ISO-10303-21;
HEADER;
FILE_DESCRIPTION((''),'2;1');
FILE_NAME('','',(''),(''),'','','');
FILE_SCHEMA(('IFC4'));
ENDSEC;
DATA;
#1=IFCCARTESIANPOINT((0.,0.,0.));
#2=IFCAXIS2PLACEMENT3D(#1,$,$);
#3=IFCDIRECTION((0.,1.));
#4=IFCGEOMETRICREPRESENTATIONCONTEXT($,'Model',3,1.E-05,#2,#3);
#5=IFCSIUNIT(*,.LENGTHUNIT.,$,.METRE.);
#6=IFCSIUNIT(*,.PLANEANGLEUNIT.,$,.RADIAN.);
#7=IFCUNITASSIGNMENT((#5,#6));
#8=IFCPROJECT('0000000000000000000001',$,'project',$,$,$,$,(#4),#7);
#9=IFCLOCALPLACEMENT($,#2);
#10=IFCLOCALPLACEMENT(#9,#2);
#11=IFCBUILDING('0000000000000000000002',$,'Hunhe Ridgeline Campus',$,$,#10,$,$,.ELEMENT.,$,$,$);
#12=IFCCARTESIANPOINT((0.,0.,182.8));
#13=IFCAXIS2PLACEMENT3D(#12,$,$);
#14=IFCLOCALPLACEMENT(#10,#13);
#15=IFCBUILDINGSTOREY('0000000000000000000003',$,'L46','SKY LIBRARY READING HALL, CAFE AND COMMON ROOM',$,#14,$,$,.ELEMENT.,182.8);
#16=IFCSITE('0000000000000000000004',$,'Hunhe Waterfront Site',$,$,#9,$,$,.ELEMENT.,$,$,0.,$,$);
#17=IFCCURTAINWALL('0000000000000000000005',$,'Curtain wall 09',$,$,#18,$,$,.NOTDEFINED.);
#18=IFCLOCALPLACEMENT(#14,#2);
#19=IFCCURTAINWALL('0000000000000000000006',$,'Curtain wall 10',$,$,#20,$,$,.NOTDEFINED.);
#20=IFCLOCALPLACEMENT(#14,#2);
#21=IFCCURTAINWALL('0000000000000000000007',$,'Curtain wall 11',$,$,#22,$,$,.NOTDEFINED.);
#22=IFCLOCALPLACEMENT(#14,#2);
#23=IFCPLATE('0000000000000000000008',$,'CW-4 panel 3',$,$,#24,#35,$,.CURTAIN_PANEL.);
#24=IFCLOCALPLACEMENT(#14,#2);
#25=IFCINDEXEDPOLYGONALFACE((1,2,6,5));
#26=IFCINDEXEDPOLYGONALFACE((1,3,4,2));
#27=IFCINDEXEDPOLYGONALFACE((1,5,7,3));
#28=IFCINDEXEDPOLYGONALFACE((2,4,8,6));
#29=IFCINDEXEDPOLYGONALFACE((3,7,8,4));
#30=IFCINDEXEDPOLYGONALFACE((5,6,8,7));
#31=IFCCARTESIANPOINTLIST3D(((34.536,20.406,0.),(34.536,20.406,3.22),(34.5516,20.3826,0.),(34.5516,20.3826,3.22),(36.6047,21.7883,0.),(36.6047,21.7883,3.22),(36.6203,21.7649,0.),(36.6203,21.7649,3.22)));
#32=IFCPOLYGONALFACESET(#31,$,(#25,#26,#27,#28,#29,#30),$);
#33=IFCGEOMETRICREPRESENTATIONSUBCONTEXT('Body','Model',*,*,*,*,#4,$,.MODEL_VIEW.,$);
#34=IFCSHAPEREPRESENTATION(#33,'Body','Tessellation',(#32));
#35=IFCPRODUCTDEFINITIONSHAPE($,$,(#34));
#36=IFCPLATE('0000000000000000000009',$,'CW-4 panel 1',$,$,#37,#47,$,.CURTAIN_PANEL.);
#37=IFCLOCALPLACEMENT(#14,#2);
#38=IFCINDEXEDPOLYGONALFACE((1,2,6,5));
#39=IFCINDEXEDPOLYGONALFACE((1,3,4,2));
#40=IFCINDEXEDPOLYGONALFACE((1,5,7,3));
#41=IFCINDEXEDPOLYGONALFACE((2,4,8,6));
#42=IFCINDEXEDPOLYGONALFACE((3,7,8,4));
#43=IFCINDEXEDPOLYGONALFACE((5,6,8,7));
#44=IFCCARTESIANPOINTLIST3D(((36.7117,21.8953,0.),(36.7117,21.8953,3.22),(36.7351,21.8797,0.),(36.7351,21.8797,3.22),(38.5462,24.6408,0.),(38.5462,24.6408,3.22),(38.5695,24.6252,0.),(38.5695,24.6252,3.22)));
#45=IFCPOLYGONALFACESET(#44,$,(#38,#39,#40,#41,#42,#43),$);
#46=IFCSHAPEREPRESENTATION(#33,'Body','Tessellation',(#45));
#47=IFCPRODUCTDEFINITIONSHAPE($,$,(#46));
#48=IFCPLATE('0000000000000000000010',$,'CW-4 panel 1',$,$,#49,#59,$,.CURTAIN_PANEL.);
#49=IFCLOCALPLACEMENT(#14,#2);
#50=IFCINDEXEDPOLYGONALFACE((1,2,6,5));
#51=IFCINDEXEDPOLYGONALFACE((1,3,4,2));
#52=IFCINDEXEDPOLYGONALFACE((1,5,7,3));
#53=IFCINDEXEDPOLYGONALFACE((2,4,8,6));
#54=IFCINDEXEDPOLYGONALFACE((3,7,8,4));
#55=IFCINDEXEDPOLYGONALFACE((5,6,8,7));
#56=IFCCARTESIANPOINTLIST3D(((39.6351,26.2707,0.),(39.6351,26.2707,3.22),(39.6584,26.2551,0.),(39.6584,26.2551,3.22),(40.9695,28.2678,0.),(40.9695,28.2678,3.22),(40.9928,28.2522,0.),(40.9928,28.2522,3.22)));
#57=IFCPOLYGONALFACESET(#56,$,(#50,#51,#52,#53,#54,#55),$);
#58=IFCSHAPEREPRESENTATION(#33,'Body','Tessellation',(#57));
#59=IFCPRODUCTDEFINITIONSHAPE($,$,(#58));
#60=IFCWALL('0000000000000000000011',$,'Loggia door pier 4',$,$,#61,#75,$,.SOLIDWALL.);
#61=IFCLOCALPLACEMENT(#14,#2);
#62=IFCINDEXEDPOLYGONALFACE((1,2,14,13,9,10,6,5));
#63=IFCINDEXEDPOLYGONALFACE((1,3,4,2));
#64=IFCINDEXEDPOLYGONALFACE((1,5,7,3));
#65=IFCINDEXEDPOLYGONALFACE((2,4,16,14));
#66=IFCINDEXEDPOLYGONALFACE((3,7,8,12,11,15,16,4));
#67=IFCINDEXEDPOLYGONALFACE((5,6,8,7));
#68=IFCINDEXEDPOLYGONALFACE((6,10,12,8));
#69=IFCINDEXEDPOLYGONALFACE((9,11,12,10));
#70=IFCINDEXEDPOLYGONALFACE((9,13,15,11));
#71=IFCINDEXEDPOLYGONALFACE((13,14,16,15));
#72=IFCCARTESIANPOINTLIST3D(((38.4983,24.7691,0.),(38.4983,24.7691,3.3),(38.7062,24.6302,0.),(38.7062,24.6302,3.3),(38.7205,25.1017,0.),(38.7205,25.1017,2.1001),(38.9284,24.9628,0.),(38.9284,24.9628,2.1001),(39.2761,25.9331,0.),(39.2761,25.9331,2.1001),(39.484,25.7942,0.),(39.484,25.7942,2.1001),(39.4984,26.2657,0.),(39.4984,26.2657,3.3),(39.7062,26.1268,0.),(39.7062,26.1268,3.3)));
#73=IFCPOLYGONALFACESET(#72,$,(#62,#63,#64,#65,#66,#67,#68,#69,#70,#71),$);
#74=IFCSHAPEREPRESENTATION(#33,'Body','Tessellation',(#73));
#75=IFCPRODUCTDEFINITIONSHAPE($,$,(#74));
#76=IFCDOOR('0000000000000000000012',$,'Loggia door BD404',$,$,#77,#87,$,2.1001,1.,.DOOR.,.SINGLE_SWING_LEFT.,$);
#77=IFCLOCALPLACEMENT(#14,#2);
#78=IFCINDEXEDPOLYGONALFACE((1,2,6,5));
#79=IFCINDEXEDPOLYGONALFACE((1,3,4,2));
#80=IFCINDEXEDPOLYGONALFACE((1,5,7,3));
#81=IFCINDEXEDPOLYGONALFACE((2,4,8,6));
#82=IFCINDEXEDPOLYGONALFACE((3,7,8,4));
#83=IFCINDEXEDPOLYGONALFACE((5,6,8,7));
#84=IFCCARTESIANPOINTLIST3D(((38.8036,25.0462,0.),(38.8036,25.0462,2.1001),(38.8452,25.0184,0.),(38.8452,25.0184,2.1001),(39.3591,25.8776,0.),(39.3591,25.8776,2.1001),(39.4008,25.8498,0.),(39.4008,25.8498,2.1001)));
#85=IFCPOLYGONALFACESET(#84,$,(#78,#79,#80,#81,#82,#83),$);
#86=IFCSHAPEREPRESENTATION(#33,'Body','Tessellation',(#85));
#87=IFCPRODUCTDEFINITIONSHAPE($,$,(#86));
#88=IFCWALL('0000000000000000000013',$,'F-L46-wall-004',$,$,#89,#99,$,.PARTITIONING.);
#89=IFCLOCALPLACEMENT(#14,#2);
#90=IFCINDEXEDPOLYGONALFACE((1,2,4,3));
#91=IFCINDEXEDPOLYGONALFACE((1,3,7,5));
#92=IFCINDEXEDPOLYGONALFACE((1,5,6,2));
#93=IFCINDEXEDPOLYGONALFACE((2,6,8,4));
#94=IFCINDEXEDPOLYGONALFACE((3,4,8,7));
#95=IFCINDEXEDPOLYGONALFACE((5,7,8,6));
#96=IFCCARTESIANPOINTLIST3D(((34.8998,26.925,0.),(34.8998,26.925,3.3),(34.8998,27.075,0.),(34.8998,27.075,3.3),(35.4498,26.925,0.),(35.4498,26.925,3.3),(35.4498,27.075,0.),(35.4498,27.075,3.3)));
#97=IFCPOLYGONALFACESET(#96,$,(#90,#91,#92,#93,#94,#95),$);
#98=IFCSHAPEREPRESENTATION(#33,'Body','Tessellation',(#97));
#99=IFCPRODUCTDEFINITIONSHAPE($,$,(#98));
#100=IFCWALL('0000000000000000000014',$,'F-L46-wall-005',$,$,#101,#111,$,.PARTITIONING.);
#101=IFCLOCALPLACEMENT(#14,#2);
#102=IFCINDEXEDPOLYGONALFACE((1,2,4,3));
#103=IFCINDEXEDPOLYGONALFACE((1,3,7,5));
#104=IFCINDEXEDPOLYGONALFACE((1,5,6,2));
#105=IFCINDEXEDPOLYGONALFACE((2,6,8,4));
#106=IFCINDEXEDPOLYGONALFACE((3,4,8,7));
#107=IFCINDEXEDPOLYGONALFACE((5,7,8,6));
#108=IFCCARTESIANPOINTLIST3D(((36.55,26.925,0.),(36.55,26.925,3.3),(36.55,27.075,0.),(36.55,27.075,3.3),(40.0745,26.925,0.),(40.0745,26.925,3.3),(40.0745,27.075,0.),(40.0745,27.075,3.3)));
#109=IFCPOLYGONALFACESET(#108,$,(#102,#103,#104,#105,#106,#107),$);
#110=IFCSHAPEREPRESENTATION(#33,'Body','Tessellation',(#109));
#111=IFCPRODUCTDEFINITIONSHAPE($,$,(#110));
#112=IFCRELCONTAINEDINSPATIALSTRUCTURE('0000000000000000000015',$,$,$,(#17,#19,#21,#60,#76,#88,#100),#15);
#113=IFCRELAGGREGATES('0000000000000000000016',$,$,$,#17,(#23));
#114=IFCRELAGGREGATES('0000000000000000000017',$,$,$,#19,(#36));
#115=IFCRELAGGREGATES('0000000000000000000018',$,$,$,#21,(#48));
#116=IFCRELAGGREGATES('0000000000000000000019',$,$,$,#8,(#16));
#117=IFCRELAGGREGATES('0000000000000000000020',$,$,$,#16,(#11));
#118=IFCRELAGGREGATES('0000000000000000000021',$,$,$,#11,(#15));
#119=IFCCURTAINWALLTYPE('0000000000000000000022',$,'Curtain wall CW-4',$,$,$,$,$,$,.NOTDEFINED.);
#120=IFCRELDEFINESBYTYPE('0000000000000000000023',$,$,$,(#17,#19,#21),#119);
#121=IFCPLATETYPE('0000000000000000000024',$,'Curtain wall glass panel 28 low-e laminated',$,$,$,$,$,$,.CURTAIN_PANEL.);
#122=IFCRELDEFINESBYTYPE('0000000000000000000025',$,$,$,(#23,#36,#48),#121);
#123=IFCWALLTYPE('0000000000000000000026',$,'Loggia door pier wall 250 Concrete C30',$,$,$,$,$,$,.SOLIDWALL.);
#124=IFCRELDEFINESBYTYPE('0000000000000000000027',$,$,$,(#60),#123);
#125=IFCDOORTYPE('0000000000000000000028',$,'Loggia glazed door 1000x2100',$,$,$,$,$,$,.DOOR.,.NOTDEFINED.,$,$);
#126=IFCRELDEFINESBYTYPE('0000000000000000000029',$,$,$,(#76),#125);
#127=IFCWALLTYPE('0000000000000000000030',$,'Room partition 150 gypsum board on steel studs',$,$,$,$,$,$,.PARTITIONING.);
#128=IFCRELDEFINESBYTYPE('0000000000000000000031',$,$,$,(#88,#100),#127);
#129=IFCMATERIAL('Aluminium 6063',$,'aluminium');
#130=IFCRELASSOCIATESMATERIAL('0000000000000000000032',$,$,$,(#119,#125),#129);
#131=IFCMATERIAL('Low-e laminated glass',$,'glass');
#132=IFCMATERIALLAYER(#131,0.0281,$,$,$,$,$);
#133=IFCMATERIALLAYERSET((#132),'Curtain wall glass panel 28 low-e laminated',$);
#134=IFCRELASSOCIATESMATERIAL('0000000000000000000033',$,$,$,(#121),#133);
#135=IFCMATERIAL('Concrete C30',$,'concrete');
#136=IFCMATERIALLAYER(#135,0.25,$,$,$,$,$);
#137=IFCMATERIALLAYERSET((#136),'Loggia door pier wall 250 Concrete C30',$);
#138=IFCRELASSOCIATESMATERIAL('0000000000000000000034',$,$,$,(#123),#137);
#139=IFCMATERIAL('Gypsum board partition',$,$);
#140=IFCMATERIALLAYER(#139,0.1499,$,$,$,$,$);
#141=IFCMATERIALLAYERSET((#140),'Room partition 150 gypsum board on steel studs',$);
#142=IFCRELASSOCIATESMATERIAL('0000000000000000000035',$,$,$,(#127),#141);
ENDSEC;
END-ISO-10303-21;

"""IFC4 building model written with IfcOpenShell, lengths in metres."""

from ifc_helpers import new_model, si_unit, direction, frame, frame_2d, origin, origin_2d, place, context, subcontext, project, spatial, rectangle, extrude, material, layer, layer_set, type_object, element, fill, aggregate, save


model = new_model("IFC4")

# Units and contexts
model_context = context("Model", 3, precision=1e-05, world=origin(), true_north=direction((0.0, 1.0)))
body_context = subcontext(model_context, "Body", "Model", "MODEL_VIEW")
ifc_project = project(units=[si_unit("LENGTHUNIT", "METRE"), si_unit("PLANEANGLEUNIT", "RADIAN")], contexts=[model_context])

# Site, building, storey
site_placement = place(None, origin())
site = spatial("IfcSite", under=ifc_project, at=site_placement, Name="Hunhe Waterfront Site", CompositionType="ELEMENT", RefElevation=0.0)
building_placement = place(site_placement, origin())
building = spatial("IfcBuilding", under=site, at=building_placement, Name="Hunhe Ridgeline Campus", CompositionType="ELEMENT")
storey_placement = place(building_placement, frame((0.0, 0.0, 182.8)))
storey = spatial("IfcBuildingStorey", under=building, at=storey_placement, Name="L46", Description="SKY LIBRARY READING HALL, CAFE AND COMMON ROOM", CompositionType="ELEMENT", Elevation=182.8)

# Curtain walls
ifc_material_1 = material(Name="Aluminium 6063", Category="aluminium")
curtain_wall_type = type_object("IfcCurtainWallType", Name="Curtain wall CW-4", PredefinedType="NOTDEFINED", material=ifc_material_1)
curtain_wall_1_placement = place(storey_placement, origin())
curtain_wall_1 = element("IfcCurtainWall", 1, at=curtain_wall_1_placement, inside=storey, type_object=curtain_wall_type, Name="Curtain wall 09", PredefinedType="NOTDEFINED")
curtain_wall_2_placement = place(storey_placement, origin())
curtain_wall_2 = element("IfcCurtainWall", 2, at=curtain_wall_2_placement, inside=storey, type_object=curtain_wall_type, Name="Curtain wall 10", PredefinedType="NOTDEFINED")

# Curtain wall
curtain_wall_3_placement = place(storey_placement, origin())
curtain_wall_3 = element("IfcCurtainWall", 3, at=curtain_wall_3_placement, inside=storey, type_object=curtain_wall_type, Name="Curtain wall 11", PredefinedType="NOTDEFINED")

# Plates
ifc_material_2 = material(Name="Low-e laminated glass", Category="glass")
ifc_layer_1 = layer(ifc_material_2, 0.0281)
ifc_layer_set_1 = layer_set([ifc_layer_1], Name="Curtain wall glass panel 28 low-e laminated")
plate_type = type_object("IfcPlateType", Name="Curtain wall glass panel 28 low-e laminated", PredefinedType="CURTAIN_PANEL", material=ifc_layer_set_1)
plate_1_placement = place(storey_placement, frame((35.5781, 21.0854, 0.0), z_axis=(0.0, 0.0, 1.0), x_axis=(0.83147, 0.55557, 0.0)))
plate_1 = element("IfcPlate", 4, at=plate_1_placement, type_object=plate_type, Name="CW-4 panel 3", PredefinedType="CURTAIN_PANEL", context=body_context, shape_type="SweptSolid", body=[
    extrude(rectangle(XDim=2.488, YDim=0.0281, at=origin_2d()), origin(), (0.0, 0.0, 1.0), 3.22),
])
aggregate(curtain_wall_1, [plate_1])
plate_2_placement = place(storey_placement, frame((37.6406, 23.2603, 0.0), z_axis=(0.0, 0.0, 1.0), x_axis=(0.55557, 0.83147, 0.0)))
plate_2 = element("IfcPlate", 5, at=plate_2_placement, type_object=plate_type, Name="CW-4 panel 1", PredefinedType="CURTAIN_PANEL", context=body_context, shape_type="SweptSolid", body=[
    extrude(rectangle(XDim=3.302, YDim=0.0281, at=origin_2d()), origin(), (0.0, 0.0, 1.0), 3.22),
])
aggregate(curtain_wall_2, [plate_2])
plate_3_placement = place(storey_placement, frame((40.314, 27.2615, 0.0), z_axis=(0.0, 0.0, 1.0), x_axis=(0.55557, 0.83147, 0.0)))
plate_3 = element("IfcPlate", 6, at=plate_3_placement, type_object=plate_type, Name="CW-4 panel 1", PredefinedType="CURTAIN_PANEL", context=body_context, shape_type="SweptSolid", body=[
    extrude(rectangle(XDim=2.4019, YDim=0.0281, at=origin_2d()), origin(), (0.0, 0.0, 1.0), 3.22),
])
aggregate(curtain_wall_3, [plate_3])

# Shared definitions
ifc_material_3 = material(Name="Gypsum board partition")

# Wall, opening, door
ifc_material_4 = material(Name="Concrete C30", Category="concrete")
ifc_layer_2 = layer(ifc_material_4, 0.25)
ifc_layer_set_2 = layer_set([ifc_layer_2], Name="Loggia door pier wall 250 Concrete C30")
wall_type_1 = type_object("IfcWallType", Name="Loggia door pier wall 250 Concrete C30", PredefinedType="SOLIDWALL", material=ifc_layer_set_2)
wall_1_placement = place(storey_placement, frame((38.6023, 24.6997, 0.0), z_axis=(0.0, 0.0, 1.0), x_axis=(0.555576, 0.831466, 0.0)))
wall_1 = element("IfcWall", 7, at=wall_1_placement, inside=storey, type_object=wall_type_1, Name="Loggia door pier 4", PredefinedType="SOLIDWALL", context=body_context, shape_type="SweptSolid", body=[
    extrude(rectangle(XDim=1.8, YDim=0.25, at=frame_2d((0.8999, 0.0))), origin(), (0.0, 0.0, 1.0), 3.3),
])
opening_1_placement = place(wall_1_placement, frame((0.3999, 0.0, 0.0)))
opening_1 = element("IfcOpeningElement", 8, at=opening_1_placement, cuts=wall_1, PredefinedType="OPENING", context=body_context, shape_type="SweptSolid", body=[
    extrude(rectangle(XDim=1.0, YDim=2.1001, at=frame_2d((0.5, 1.05))), frame((0.0, 0.125, 0.0), z_axis=(0.0, -1.0, 0.0), x_axis=(1.0, 0.0, 0.0)), (0.0, 0.0, 1.0), 0.25),
])
door_type_1 = type_object("IfcDoorType", Name="Loggia glazed door 1000x2100", OperationType="NOTDEFINED", PredefinedType="DOOR", material=ifc_material_1)
door_1_placement = place(opening_1_placement, frame((1.0, 0.0, 0.0), z_axis=(0.0, 0.0, 1.0), x_axis=(-1.0, 0.0, 0.0)))
door_1 = element("IfcDoor", 9, at=door_1_placement, inside=storey, type_object=door_type_1, Name="Loggia door BD404", OperationType="SINGLE_SWING_LEFT", OverallHeight=2.1001, OverallWidth=1.0, PredefinedType="DOOR", context=body_context, shape_type="SweptSolid", body=[
    extrude(rectangle(XDim=1.0, YDim=2.1001, at=frame_2d((0.5, 1.05))), frame((0.0, 0.0249, 0.0), z_axis=(0.0, -1.0, 0.0), x_axis=(1.0, 0.0, 0.0)), (0.0, 0.0, 1.0), 0.05),
])
fill(opening_1, door_1)

# Walls
ifc_layer_3 = layer(ifc_material_3, 0.1499)
ifc_layer_set_3 = layer_set([ifc_layer_3], Name="Room partition 150 gypsum board on steel studs")
wall_type_2 = type_object("IfcWallType", Name="Room partition 150 gypsum board on steel studs", PredefinedType="PARTITIONING", material=ifc_layer_set_3)
wall_2_placement = place(storey_placement, frame((34.8999, 27.0, 0.0), z_axis=(0.0, 0.0, 1.0), x_axis=(1.0, 0.0, 0.0)))
element("IfcWall", 10, at=wall_2_placement, inside=storey, type_object=wall_type_2, Name="F-L46-wall-004", PredefinedType="PARTITIONING", context=body_context, shape_type="SweptSolid", body=[
    extrude(rectangle(XDim=0.55, YDim=0.1499, at=frame_2d((0.2749, 0.0))), origin(), (0.0, 0.0, 1.0), 3.3),
])
wall_3_placement = place(storey_placement, frame((36.55, 27.0, 0.0), z_axis=(0.0, 0.0, 1.0), x_axis=(1.0, 0.0, 0.0)))
element("IfcWall", 11, at=wall_3_placement, inside=storey, type_object=wall_type_2, Name="F-L46-wall-005", PredefinedType="PARTITIONING", context=body_context, shape_type="SweptSolid", body=[
    extrude(rectangle(XDim=3.5244, YDim=0.1499, at=frame_2d((1.7622, 0.0))), origin(), (0.0, 0.0, 1.0), 3.3),
])

save(model, "model.ifc")
